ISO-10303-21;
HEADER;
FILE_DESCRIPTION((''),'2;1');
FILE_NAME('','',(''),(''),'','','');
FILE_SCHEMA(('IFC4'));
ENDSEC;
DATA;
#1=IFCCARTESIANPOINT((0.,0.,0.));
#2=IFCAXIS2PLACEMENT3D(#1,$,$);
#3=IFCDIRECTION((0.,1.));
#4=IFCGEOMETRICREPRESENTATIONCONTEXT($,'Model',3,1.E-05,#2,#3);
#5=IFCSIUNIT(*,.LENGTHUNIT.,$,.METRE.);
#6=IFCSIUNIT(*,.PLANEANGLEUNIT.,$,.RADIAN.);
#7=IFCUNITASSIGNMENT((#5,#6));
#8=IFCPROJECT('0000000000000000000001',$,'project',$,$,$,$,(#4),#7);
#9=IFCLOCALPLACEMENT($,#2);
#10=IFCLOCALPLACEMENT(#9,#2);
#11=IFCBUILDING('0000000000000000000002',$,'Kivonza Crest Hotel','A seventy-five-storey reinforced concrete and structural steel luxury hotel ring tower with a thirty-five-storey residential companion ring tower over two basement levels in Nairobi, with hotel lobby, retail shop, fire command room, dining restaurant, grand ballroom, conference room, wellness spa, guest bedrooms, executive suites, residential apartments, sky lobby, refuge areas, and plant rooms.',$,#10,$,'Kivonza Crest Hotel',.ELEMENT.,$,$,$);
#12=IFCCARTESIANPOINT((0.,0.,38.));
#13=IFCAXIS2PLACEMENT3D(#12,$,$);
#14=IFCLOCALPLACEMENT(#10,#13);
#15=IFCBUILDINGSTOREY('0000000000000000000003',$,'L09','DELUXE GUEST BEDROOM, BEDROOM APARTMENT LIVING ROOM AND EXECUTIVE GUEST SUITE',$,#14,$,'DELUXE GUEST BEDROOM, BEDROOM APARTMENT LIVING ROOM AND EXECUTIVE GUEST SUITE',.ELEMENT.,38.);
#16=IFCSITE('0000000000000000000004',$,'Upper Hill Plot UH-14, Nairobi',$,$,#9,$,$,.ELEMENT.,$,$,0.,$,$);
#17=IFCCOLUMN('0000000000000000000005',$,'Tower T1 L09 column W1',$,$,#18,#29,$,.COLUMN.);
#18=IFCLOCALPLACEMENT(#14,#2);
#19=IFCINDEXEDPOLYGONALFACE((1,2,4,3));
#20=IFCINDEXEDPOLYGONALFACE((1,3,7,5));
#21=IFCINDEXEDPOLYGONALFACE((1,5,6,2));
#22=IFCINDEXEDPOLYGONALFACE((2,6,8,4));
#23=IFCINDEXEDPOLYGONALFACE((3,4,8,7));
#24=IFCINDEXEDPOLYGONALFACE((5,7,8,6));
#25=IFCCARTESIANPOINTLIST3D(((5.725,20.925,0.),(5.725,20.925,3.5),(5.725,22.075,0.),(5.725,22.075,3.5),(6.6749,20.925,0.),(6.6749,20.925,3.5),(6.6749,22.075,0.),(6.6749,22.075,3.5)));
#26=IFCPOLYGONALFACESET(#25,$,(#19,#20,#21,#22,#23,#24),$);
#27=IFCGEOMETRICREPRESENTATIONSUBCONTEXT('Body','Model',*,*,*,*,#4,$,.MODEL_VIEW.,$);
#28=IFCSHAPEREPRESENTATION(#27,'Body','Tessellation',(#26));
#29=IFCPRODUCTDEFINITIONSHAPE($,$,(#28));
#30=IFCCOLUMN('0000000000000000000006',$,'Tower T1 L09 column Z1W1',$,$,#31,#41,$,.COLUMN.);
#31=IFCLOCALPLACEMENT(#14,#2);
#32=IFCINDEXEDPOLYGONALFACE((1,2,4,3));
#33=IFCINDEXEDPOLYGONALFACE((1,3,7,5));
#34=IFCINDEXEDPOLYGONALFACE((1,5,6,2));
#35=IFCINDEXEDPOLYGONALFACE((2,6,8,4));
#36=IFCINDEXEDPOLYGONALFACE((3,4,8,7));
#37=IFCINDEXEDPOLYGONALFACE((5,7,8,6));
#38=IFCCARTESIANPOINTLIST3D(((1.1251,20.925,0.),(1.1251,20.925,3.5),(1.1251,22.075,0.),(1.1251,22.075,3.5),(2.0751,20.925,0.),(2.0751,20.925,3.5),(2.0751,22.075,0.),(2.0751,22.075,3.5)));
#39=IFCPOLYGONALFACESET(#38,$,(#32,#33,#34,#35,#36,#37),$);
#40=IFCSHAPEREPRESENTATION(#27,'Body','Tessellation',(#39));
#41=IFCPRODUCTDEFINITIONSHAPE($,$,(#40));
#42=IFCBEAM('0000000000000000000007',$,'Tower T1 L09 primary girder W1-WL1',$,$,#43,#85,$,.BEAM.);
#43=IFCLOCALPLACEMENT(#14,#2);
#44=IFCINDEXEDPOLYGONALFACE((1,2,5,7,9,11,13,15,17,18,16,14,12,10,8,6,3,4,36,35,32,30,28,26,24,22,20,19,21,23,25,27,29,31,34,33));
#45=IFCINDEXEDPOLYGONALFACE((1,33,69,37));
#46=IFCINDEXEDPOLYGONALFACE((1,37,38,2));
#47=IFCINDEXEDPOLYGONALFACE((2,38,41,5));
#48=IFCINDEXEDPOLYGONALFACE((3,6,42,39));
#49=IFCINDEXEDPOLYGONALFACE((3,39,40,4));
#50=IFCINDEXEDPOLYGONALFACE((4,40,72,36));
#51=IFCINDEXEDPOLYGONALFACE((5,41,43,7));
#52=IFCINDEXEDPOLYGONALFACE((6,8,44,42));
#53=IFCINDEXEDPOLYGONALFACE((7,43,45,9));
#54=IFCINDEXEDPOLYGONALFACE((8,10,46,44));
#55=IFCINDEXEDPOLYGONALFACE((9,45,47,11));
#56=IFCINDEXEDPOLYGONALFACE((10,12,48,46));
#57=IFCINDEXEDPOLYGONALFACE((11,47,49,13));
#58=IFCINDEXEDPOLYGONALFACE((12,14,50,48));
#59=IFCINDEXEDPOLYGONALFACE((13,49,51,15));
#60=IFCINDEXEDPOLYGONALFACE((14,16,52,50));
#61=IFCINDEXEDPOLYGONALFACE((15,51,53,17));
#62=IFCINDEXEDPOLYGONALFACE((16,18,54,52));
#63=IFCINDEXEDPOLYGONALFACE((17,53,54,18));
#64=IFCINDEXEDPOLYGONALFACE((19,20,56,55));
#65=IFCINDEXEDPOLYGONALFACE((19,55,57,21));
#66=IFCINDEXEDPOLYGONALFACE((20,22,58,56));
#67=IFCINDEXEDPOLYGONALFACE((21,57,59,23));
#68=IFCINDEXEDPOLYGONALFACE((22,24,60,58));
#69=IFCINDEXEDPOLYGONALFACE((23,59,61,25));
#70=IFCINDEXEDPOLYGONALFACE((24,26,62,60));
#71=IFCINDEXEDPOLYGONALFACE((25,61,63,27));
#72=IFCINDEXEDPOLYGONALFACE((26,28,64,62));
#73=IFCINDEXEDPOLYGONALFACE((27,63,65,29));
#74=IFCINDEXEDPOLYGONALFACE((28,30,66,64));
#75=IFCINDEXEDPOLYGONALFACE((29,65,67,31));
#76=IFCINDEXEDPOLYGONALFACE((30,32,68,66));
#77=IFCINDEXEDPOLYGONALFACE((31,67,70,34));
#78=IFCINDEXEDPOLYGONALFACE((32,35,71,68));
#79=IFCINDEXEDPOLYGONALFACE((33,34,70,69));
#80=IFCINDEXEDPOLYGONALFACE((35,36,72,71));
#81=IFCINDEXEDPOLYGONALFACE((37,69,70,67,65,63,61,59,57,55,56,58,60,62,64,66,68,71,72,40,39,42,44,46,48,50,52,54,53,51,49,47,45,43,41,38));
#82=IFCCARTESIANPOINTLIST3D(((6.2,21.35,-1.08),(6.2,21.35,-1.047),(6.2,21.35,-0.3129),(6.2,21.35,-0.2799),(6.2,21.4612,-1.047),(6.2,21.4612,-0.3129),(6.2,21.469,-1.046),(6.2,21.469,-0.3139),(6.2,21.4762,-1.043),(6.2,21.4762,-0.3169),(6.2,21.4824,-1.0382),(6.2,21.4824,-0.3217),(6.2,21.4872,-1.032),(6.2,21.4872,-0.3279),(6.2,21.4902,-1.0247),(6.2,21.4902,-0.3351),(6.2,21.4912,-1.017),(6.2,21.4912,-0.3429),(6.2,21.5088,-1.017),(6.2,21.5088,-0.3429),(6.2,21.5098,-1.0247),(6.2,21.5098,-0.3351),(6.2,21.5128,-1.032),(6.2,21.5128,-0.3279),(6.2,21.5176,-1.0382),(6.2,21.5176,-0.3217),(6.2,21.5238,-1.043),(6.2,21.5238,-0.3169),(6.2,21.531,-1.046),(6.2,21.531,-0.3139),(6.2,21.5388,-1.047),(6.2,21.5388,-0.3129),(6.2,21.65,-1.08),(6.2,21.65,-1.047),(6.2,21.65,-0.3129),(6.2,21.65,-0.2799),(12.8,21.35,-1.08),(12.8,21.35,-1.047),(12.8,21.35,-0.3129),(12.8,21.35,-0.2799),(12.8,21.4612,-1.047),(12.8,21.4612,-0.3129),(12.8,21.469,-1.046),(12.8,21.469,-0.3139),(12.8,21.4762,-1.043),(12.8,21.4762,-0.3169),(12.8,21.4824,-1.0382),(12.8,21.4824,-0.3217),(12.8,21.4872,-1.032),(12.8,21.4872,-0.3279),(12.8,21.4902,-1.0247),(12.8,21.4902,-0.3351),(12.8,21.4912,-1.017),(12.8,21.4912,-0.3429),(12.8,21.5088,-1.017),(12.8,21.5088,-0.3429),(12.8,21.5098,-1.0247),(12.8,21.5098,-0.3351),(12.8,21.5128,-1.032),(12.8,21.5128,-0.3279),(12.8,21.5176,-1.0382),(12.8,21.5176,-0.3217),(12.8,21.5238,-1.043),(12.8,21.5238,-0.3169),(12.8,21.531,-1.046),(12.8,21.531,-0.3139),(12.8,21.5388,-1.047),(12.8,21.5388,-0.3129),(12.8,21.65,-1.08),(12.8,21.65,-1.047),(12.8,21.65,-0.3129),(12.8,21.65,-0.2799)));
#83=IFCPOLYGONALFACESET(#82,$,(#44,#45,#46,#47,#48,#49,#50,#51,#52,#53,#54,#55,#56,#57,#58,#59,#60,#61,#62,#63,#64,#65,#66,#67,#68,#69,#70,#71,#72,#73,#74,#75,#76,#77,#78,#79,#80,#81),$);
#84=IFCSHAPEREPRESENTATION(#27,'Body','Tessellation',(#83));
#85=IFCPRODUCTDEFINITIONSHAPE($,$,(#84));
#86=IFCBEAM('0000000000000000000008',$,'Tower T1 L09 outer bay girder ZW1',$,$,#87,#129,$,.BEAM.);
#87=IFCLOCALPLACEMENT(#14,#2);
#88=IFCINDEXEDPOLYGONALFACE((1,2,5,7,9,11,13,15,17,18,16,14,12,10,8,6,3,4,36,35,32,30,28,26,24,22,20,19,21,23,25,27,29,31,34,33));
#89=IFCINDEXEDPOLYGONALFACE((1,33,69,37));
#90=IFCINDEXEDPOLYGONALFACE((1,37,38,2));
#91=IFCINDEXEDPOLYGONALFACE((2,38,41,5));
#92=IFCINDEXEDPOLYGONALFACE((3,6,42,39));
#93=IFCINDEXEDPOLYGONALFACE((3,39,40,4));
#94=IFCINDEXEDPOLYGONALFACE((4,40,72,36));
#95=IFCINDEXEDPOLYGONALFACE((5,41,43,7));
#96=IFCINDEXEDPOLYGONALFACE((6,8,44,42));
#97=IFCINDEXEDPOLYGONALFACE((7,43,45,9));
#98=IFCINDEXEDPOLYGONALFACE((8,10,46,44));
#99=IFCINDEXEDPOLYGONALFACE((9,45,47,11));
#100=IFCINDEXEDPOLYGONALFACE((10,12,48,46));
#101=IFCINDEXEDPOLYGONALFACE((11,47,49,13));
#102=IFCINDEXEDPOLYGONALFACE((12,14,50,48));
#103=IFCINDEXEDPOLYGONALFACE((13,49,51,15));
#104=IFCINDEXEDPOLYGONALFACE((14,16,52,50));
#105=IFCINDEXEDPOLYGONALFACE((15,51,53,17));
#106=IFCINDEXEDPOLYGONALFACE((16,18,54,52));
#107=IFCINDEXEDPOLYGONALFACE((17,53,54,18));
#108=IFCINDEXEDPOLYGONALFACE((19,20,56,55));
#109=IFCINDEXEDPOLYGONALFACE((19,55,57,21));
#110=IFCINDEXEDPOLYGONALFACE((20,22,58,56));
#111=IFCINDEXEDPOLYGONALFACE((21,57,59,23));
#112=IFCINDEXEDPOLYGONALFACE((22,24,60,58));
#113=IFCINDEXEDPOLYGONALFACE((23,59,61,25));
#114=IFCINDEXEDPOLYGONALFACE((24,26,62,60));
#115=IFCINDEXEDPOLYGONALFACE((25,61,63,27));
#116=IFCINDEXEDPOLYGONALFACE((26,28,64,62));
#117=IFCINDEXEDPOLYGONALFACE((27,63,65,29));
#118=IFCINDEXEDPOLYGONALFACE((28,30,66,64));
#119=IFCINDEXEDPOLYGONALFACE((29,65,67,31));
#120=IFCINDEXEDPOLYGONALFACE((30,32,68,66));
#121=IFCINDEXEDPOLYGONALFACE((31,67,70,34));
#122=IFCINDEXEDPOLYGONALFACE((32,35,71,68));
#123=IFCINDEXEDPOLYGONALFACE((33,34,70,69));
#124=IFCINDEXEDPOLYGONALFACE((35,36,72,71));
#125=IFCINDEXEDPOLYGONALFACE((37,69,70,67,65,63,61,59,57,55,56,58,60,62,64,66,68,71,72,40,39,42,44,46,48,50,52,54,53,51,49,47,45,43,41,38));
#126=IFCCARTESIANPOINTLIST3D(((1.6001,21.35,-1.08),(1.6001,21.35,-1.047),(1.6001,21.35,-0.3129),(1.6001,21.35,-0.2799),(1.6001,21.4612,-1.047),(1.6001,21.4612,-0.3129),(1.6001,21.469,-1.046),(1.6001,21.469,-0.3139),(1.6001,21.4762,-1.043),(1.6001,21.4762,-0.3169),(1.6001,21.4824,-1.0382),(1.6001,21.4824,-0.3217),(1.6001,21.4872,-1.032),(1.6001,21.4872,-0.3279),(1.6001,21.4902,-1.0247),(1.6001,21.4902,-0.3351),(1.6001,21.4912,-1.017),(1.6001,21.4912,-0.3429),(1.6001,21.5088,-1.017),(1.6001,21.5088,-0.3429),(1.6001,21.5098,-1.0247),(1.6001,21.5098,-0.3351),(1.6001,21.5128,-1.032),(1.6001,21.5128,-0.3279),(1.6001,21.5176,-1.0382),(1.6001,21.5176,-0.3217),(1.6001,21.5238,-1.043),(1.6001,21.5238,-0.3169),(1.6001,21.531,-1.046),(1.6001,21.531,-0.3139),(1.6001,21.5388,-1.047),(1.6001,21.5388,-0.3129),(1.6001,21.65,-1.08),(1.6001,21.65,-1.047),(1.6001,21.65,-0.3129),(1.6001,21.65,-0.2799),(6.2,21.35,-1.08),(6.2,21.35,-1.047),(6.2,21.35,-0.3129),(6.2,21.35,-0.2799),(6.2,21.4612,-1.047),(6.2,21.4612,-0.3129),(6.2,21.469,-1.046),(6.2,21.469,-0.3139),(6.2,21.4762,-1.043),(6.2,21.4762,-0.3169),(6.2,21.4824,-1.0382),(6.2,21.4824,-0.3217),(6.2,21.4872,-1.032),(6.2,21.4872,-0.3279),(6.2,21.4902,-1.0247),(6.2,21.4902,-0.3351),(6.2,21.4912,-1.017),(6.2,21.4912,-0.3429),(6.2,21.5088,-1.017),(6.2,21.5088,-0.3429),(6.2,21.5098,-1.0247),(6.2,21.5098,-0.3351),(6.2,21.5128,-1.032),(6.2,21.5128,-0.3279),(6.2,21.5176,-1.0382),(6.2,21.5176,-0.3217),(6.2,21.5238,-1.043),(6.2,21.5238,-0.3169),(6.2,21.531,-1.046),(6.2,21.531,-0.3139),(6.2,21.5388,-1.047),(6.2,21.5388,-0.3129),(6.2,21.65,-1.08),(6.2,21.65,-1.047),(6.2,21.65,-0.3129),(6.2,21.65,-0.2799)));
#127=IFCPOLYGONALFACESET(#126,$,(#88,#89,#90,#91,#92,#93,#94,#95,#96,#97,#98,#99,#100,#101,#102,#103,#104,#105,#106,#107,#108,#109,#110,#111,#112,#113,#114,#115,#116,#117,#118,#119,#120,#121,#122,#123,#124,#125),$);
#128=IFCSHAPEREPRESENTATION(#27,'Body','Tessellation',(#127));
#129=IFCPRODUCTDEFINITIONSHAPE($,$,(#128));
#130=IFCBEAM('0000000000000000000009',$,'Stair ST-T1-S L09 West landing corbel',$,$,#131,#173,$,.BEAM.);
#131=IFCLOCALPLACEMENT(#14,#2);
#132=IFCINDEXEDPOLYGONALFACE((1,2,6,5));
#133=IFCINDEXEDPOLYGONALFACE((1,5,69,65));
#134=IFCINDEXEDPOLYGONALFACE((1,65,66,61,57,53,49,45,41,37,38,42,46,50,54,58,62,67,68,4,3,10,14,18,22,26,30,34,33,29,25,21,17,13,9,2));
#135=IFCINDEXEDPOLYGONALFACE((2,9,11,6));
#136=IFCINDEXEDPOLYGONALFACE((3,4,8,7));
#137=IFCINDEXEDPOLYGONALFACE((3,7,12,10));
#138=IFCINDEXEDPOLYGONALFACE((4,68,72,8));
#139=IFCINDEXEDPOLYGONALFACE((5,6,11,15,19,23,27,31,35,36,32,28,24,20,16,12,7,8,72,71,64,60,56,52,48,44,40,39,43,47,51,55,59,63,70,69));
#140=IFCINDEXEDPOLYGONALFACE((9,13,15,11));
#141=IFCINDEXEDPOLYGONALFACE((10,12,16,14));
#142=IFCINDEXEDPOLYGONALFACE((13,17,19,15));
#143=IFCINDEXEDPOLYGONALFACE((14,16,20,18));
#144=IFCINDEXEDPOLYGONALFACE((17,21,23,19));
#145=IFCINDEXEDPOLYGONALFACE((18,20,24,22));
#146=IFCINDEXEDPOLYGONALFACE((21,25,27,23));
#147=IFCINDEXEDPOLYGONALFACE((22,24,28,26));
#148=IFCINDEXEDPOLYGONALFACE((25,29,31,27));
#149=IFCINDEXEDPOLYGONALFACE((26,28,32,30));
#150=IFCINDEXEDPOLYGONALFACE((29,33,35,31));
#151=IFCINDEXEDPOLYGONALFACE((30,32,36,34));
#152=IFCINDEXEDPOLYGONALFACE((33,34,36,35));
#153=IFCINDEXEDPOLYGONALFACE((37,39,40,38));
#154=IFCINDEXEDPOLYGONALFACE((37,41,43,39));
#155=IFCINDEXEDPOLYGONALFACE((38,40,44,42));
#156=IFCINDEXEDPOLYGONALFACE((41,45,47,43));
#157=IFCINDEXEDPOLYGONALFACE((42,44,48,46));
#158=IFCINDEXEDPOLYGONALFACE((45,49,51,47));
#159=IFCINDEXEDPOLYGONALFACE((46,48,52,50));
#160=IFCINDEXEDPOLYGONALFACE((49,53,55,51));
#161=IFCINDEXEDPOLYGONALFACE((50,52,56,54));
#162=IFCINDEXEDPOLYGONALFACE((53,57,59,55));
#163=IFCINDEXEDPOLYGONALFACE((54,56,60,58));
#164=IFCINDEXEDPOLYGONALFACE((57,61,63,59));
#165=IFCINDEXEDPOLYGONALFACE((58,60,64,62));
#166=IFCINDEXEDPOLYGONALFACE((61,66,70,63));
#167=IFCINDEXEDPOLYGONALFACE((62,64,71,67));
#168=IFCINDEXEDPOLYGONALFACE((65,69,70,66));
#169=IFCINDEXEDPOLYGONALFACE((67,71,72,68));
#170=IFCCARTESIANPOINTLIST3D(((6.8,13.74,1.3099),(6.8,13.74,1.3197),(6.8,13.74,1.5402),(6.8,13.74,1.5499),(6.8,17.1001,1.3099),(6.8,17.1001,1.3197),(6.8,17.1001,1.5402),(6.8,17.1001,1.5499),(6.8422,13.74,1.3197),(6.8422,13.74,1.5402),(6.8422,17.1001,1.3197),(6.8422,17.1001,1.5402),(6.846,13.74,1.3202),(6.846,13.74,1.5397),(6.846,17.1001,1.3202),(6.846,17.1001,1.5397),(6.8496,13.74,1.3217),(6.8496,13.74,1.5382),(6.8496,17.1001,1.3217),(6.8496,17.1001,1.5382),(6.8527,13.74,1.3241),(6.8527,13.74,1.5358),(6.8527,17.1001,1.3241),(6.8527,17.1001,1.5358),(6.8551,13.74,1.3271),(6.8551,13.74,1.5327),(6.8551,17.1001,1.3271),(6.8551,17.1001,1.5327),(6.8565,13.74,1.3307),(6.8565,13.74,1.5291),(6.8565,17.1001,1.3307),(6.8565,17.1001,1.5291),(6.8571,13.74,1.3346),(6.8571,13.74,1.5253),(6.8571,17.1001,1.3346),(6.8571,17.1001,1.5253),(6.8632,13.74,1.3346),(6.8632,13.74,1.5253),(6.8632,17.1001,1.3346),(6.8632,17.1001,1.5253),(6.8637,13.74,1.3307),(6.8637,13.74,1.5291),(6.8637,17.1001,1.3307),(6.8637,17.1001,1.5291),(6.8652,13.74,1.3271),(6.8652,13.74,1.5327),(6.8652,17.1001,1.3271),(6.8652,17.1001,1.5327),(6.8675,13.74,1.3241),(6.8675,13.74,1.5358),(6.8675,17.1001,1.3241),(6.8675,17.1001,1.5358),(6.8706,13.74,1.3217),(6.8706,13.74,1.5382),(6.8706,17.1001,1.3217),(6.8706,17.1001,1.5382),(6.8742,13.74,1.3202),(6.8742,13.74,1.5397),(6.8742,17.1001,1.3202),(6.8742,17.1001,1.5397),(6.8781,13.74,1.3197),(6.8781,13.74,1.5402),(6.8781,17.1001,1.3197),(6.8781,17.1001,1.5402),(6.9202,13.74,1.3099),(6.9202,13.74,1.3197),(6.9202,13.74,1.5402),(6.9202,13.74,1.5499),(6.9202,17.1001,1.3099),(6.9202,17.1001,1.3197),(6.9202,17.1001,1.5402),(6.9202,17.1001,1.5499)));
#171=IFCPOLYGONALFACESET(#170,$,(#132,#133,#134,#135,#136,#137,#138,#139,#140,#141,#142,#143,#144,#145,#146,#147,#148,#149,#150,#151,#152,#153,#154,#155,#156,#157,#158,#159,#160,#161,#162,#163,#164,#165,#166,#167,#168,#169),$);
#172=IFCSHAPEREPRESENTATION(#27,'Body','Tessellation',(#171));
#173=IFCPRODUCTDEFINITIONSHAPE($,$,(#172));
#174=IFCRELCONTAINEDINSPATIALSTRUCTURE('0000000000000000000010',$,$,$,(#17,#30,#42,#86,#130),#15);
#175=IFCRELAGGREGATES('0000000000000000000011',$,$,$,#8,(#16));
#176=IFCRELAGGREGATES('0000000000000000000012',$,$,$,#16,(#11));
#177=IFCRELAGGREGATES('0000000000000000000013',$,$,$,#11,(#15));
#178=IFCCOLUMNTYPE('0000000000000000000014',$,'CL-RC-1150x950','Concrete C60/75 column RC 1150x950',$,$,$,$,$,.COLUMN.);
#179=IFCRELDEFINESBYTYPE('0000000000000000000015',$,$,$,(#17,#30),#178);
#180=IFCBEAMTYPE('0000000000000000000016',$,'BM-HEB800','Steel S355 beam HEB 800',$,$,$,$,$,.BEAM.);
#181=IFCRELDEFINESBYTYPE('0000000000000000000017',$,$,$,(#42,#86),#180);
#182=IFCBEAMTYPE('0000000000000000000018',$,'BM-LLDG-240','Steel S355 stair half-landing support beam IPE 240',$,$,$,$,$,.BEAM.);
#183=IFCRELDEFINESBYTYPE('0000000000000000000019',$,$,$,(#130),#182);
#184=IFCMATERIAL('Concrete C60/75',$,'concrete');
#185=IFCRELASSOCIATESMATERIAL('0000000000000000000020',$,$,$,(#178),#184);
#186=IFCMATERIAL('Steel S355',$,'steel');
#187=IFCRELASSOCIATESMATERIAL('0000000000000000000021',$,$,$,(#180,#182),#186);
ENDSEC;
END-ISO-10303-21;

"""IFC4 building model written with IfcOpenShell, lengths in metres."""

from ifc_helpers import new_model, si_unit, direction, frame, origin, origin_2d, place, context, subcontext, project, spatial, rectangle, i_section, extrude, material, material_profile, profile_set, type_object, element, save


model = new_model("IFC4")

# Units and contexts
model_context = context("Model", 3, precision=1e-05, world=origin(), true_north=direction((0.0, 1.0)))
body_context = subcontext(model_context, "Body", "Model", "MODEL_VIEW")
ifc_project = project(units=[si_unit("LENGTHUNIT", "METRE"), si_unit("PLANEANGLEUNIT", "RADIAN")], contexts=[model_context])

# Site, building, storey
site_placement = place(None, origin())
site = spatial("IfcSite", under=ifc_project, at=site_placement, Name="Upper Hill Plot UH-14, Nairobi", CompositionType="ELEMENT", RefElevation=0.0)
building_placement = place(site_placement, origin())
building = spatial("IfcBuilding", under=site, at=building_placement, Name="Kivonza Crest Hotel", Description="A seventy-five-storey reinforced concrete and structural steel luxury hotel ring tower with a thirty-five-storey residential companion ring tower over two basement levels in Nairobi, with hotel lobby, retail shop, fire command room, dining restaurant, grand ballroom, conference room, wellness spa, guest bedrooms, executive suites, residential apartments, sky lobby, refuge areas, and plant rooms.", LongName="Kivonza Crest Hotel", CompositionType="ELEMENT")
storey_placement = place(building_placement, frame((0.0, 0.0, 38.0)))
storey = spatial("IfcBuildingStorey", under=building, at=storey_placement, Name="L09", Description="DELUXE GUEST BEDROOM, BEDROOM APARTMENT LIVING ROOM AND EXECUTIVE GUEST SUITE", LongName="DELUXE GUEST BEDROOM, BEDROOM APARTMENT LIVING ROOM AND EXECUTIVE GUEST SUITE", CompositionType="ELEMENT", Elevation=38.0)

# Columns
ifc_material_1 = material(Name="Concrete C60/75", Category="concrete")
ifc_material_profile_1 = material_profile(ifc_material_1, rectangle(XDim=0.95, YDim=1.1499, at=origin_2d()), Name="RC 1150x950")
ifc_profile_set_1 = profile_set([ifc_material_profile_1], Name="Concrete C60/75")
column_type = type_object("IfcColumnType", Name="CL-RC-1150x950", Description="Concrete C60/75 column RC 1150x950", PredefinedType="COLUMN", material=ifc_profile_set_1)
for number, where, z_axis, x_axis, name in (
    (1, (6.2, 21.5, 0.0), (0.0, 0.0, 1.0), (1.0, 0.0, 0.0), "Tower T1 L09 column W1"),
    (2, (1.6001, 21.5, 0.0), (0.0, 0.0, 1.0), (1.0, 0.0, 0.0), "Tower T1 L09 column Z1W1"),
):
    element("IfcColumn", number, at=place(storey_placement, frame(where, z_axis=z_axis, x_axis=x_axis)), inside=storey, type_object=column_type, Name=name, PredefinedType="COLUMN", context=body_context, shape_type="SweptSolid", body=[
        extrude(rectangle(XDim=0.95, YDim=1.1499, at=origin_2d()), origin(), (0.0, 0.0, 1.0), 3.5),
    ])

# Beams
ifc_material_2 = material(Name="Steel S355", Category="steel")
ifc_material_profile_2 = material_profile(ifc_material_2, i_section(OverallWidth=0.3, OverallDepth=0.8, WebThickness=0.0176, FlangeThickness=0.033, FilletRadius=0.03, at=origin_2d()), Name="HEB 800")
ifc_profile_set_2 = profile_set([ifc_material_profile_2], Name="Steel S355")
beam_type_1 = type_object("IfcBeamType", Name="BM-HEB800", Description="Steel S355 beam HEB 800", PredefinedType="BEAM", material=ifc_profile_set_2)
beam_1_placement = place(storey_placement, frame((6.2, 21.5, -0.6799), z_axis=(1.0, 0.0, 0.0), x_axis=(0.0, 1.0, 0.0)))
element("IfcBeam", 3, at=beam_1_placement, inside=storey, type_object=beam_type_1, Name="Tower T1 L09 primary girder W1-WL1", PredefinedType="BEAM", context=body_context, shape_type="SweptSolid", body=[
    extrude(i_section(OverallWidth=0.3, OverallDepth=0.8, WebThickness=0.0176, FlangeThickness=0.033, FilletRadius=0.03, at=origin_2d()), origin(), (0.0, 0.0, 1.0), 6.6001),
])
beam_2_placement = place(storey_placement, frame((1.6001, 21.5, -0.6799), z_axis=(1.0, 0.0, 0.0), x_axis=(0.0, 1.0, 0.0)))
element("IfcBeam", 4, at=beam_2_placement, inside=storey, type_object=beam_type_1, Name="Tower T1 L09 outer bay girder ZW1", PredefinedType="BEAM", context=body_context, shape_type="SweptSolid", body=[
    extrude(i_section(OverallWidth=0.3, OverallDepth=0.8, WebThickness=0.0176, FlangeThickness=0.033, FilletRadius=0.03, at=origin_2d()), origin(), (0.0, 0.0, 1.0), 4.5999),
])
ifc_material_profile_3 = material_profile(ifc_material_2, i_section(OverallWidth=0.1201, OverallDepth=0.24, WebThickness=0.0061, FlangeThickness=0.0098, FilletRadius=0.0149, at=origin_2d()), Name="IPE 240")
ifc_profile_set_3 = profile_set([ifc_material_profile_3], Name="Steel S355")
beam_type_2 = type_object("IfcBeamType", Name="BM-LLDG-240", Description="Steel S355 stair half-landing support beam IPE 240", PredefinedType="BEAM", material=ifc_profile_set_3)
beam_3_placement = place(storey_placement, frame((6.8601, 13.74, 1.4299), z_axis=(0.0, 1.0, 0.0), x_axis=(-1.0, 0.0, 0.0)))
element("IfcBeam", 5, at=beam_3_placement, inside=storey, type_object=beam_type_2, Name="Stair ST-T1-S L09 West landing corbel", PredefinedType="BEAM", context=body_context, shape_type="SweptSolid", body=[
    extrude(i_section(OverallWidth=0.1201, OverallDepth=0.24, WebThickness=0.0061, FlangeThickness=0.0098, FilletRadius=0.0149, at=origin_2d()), origin(), (0.0, 0.0, 1.0), 3.3601),
])

save(model, "model.ifc")
